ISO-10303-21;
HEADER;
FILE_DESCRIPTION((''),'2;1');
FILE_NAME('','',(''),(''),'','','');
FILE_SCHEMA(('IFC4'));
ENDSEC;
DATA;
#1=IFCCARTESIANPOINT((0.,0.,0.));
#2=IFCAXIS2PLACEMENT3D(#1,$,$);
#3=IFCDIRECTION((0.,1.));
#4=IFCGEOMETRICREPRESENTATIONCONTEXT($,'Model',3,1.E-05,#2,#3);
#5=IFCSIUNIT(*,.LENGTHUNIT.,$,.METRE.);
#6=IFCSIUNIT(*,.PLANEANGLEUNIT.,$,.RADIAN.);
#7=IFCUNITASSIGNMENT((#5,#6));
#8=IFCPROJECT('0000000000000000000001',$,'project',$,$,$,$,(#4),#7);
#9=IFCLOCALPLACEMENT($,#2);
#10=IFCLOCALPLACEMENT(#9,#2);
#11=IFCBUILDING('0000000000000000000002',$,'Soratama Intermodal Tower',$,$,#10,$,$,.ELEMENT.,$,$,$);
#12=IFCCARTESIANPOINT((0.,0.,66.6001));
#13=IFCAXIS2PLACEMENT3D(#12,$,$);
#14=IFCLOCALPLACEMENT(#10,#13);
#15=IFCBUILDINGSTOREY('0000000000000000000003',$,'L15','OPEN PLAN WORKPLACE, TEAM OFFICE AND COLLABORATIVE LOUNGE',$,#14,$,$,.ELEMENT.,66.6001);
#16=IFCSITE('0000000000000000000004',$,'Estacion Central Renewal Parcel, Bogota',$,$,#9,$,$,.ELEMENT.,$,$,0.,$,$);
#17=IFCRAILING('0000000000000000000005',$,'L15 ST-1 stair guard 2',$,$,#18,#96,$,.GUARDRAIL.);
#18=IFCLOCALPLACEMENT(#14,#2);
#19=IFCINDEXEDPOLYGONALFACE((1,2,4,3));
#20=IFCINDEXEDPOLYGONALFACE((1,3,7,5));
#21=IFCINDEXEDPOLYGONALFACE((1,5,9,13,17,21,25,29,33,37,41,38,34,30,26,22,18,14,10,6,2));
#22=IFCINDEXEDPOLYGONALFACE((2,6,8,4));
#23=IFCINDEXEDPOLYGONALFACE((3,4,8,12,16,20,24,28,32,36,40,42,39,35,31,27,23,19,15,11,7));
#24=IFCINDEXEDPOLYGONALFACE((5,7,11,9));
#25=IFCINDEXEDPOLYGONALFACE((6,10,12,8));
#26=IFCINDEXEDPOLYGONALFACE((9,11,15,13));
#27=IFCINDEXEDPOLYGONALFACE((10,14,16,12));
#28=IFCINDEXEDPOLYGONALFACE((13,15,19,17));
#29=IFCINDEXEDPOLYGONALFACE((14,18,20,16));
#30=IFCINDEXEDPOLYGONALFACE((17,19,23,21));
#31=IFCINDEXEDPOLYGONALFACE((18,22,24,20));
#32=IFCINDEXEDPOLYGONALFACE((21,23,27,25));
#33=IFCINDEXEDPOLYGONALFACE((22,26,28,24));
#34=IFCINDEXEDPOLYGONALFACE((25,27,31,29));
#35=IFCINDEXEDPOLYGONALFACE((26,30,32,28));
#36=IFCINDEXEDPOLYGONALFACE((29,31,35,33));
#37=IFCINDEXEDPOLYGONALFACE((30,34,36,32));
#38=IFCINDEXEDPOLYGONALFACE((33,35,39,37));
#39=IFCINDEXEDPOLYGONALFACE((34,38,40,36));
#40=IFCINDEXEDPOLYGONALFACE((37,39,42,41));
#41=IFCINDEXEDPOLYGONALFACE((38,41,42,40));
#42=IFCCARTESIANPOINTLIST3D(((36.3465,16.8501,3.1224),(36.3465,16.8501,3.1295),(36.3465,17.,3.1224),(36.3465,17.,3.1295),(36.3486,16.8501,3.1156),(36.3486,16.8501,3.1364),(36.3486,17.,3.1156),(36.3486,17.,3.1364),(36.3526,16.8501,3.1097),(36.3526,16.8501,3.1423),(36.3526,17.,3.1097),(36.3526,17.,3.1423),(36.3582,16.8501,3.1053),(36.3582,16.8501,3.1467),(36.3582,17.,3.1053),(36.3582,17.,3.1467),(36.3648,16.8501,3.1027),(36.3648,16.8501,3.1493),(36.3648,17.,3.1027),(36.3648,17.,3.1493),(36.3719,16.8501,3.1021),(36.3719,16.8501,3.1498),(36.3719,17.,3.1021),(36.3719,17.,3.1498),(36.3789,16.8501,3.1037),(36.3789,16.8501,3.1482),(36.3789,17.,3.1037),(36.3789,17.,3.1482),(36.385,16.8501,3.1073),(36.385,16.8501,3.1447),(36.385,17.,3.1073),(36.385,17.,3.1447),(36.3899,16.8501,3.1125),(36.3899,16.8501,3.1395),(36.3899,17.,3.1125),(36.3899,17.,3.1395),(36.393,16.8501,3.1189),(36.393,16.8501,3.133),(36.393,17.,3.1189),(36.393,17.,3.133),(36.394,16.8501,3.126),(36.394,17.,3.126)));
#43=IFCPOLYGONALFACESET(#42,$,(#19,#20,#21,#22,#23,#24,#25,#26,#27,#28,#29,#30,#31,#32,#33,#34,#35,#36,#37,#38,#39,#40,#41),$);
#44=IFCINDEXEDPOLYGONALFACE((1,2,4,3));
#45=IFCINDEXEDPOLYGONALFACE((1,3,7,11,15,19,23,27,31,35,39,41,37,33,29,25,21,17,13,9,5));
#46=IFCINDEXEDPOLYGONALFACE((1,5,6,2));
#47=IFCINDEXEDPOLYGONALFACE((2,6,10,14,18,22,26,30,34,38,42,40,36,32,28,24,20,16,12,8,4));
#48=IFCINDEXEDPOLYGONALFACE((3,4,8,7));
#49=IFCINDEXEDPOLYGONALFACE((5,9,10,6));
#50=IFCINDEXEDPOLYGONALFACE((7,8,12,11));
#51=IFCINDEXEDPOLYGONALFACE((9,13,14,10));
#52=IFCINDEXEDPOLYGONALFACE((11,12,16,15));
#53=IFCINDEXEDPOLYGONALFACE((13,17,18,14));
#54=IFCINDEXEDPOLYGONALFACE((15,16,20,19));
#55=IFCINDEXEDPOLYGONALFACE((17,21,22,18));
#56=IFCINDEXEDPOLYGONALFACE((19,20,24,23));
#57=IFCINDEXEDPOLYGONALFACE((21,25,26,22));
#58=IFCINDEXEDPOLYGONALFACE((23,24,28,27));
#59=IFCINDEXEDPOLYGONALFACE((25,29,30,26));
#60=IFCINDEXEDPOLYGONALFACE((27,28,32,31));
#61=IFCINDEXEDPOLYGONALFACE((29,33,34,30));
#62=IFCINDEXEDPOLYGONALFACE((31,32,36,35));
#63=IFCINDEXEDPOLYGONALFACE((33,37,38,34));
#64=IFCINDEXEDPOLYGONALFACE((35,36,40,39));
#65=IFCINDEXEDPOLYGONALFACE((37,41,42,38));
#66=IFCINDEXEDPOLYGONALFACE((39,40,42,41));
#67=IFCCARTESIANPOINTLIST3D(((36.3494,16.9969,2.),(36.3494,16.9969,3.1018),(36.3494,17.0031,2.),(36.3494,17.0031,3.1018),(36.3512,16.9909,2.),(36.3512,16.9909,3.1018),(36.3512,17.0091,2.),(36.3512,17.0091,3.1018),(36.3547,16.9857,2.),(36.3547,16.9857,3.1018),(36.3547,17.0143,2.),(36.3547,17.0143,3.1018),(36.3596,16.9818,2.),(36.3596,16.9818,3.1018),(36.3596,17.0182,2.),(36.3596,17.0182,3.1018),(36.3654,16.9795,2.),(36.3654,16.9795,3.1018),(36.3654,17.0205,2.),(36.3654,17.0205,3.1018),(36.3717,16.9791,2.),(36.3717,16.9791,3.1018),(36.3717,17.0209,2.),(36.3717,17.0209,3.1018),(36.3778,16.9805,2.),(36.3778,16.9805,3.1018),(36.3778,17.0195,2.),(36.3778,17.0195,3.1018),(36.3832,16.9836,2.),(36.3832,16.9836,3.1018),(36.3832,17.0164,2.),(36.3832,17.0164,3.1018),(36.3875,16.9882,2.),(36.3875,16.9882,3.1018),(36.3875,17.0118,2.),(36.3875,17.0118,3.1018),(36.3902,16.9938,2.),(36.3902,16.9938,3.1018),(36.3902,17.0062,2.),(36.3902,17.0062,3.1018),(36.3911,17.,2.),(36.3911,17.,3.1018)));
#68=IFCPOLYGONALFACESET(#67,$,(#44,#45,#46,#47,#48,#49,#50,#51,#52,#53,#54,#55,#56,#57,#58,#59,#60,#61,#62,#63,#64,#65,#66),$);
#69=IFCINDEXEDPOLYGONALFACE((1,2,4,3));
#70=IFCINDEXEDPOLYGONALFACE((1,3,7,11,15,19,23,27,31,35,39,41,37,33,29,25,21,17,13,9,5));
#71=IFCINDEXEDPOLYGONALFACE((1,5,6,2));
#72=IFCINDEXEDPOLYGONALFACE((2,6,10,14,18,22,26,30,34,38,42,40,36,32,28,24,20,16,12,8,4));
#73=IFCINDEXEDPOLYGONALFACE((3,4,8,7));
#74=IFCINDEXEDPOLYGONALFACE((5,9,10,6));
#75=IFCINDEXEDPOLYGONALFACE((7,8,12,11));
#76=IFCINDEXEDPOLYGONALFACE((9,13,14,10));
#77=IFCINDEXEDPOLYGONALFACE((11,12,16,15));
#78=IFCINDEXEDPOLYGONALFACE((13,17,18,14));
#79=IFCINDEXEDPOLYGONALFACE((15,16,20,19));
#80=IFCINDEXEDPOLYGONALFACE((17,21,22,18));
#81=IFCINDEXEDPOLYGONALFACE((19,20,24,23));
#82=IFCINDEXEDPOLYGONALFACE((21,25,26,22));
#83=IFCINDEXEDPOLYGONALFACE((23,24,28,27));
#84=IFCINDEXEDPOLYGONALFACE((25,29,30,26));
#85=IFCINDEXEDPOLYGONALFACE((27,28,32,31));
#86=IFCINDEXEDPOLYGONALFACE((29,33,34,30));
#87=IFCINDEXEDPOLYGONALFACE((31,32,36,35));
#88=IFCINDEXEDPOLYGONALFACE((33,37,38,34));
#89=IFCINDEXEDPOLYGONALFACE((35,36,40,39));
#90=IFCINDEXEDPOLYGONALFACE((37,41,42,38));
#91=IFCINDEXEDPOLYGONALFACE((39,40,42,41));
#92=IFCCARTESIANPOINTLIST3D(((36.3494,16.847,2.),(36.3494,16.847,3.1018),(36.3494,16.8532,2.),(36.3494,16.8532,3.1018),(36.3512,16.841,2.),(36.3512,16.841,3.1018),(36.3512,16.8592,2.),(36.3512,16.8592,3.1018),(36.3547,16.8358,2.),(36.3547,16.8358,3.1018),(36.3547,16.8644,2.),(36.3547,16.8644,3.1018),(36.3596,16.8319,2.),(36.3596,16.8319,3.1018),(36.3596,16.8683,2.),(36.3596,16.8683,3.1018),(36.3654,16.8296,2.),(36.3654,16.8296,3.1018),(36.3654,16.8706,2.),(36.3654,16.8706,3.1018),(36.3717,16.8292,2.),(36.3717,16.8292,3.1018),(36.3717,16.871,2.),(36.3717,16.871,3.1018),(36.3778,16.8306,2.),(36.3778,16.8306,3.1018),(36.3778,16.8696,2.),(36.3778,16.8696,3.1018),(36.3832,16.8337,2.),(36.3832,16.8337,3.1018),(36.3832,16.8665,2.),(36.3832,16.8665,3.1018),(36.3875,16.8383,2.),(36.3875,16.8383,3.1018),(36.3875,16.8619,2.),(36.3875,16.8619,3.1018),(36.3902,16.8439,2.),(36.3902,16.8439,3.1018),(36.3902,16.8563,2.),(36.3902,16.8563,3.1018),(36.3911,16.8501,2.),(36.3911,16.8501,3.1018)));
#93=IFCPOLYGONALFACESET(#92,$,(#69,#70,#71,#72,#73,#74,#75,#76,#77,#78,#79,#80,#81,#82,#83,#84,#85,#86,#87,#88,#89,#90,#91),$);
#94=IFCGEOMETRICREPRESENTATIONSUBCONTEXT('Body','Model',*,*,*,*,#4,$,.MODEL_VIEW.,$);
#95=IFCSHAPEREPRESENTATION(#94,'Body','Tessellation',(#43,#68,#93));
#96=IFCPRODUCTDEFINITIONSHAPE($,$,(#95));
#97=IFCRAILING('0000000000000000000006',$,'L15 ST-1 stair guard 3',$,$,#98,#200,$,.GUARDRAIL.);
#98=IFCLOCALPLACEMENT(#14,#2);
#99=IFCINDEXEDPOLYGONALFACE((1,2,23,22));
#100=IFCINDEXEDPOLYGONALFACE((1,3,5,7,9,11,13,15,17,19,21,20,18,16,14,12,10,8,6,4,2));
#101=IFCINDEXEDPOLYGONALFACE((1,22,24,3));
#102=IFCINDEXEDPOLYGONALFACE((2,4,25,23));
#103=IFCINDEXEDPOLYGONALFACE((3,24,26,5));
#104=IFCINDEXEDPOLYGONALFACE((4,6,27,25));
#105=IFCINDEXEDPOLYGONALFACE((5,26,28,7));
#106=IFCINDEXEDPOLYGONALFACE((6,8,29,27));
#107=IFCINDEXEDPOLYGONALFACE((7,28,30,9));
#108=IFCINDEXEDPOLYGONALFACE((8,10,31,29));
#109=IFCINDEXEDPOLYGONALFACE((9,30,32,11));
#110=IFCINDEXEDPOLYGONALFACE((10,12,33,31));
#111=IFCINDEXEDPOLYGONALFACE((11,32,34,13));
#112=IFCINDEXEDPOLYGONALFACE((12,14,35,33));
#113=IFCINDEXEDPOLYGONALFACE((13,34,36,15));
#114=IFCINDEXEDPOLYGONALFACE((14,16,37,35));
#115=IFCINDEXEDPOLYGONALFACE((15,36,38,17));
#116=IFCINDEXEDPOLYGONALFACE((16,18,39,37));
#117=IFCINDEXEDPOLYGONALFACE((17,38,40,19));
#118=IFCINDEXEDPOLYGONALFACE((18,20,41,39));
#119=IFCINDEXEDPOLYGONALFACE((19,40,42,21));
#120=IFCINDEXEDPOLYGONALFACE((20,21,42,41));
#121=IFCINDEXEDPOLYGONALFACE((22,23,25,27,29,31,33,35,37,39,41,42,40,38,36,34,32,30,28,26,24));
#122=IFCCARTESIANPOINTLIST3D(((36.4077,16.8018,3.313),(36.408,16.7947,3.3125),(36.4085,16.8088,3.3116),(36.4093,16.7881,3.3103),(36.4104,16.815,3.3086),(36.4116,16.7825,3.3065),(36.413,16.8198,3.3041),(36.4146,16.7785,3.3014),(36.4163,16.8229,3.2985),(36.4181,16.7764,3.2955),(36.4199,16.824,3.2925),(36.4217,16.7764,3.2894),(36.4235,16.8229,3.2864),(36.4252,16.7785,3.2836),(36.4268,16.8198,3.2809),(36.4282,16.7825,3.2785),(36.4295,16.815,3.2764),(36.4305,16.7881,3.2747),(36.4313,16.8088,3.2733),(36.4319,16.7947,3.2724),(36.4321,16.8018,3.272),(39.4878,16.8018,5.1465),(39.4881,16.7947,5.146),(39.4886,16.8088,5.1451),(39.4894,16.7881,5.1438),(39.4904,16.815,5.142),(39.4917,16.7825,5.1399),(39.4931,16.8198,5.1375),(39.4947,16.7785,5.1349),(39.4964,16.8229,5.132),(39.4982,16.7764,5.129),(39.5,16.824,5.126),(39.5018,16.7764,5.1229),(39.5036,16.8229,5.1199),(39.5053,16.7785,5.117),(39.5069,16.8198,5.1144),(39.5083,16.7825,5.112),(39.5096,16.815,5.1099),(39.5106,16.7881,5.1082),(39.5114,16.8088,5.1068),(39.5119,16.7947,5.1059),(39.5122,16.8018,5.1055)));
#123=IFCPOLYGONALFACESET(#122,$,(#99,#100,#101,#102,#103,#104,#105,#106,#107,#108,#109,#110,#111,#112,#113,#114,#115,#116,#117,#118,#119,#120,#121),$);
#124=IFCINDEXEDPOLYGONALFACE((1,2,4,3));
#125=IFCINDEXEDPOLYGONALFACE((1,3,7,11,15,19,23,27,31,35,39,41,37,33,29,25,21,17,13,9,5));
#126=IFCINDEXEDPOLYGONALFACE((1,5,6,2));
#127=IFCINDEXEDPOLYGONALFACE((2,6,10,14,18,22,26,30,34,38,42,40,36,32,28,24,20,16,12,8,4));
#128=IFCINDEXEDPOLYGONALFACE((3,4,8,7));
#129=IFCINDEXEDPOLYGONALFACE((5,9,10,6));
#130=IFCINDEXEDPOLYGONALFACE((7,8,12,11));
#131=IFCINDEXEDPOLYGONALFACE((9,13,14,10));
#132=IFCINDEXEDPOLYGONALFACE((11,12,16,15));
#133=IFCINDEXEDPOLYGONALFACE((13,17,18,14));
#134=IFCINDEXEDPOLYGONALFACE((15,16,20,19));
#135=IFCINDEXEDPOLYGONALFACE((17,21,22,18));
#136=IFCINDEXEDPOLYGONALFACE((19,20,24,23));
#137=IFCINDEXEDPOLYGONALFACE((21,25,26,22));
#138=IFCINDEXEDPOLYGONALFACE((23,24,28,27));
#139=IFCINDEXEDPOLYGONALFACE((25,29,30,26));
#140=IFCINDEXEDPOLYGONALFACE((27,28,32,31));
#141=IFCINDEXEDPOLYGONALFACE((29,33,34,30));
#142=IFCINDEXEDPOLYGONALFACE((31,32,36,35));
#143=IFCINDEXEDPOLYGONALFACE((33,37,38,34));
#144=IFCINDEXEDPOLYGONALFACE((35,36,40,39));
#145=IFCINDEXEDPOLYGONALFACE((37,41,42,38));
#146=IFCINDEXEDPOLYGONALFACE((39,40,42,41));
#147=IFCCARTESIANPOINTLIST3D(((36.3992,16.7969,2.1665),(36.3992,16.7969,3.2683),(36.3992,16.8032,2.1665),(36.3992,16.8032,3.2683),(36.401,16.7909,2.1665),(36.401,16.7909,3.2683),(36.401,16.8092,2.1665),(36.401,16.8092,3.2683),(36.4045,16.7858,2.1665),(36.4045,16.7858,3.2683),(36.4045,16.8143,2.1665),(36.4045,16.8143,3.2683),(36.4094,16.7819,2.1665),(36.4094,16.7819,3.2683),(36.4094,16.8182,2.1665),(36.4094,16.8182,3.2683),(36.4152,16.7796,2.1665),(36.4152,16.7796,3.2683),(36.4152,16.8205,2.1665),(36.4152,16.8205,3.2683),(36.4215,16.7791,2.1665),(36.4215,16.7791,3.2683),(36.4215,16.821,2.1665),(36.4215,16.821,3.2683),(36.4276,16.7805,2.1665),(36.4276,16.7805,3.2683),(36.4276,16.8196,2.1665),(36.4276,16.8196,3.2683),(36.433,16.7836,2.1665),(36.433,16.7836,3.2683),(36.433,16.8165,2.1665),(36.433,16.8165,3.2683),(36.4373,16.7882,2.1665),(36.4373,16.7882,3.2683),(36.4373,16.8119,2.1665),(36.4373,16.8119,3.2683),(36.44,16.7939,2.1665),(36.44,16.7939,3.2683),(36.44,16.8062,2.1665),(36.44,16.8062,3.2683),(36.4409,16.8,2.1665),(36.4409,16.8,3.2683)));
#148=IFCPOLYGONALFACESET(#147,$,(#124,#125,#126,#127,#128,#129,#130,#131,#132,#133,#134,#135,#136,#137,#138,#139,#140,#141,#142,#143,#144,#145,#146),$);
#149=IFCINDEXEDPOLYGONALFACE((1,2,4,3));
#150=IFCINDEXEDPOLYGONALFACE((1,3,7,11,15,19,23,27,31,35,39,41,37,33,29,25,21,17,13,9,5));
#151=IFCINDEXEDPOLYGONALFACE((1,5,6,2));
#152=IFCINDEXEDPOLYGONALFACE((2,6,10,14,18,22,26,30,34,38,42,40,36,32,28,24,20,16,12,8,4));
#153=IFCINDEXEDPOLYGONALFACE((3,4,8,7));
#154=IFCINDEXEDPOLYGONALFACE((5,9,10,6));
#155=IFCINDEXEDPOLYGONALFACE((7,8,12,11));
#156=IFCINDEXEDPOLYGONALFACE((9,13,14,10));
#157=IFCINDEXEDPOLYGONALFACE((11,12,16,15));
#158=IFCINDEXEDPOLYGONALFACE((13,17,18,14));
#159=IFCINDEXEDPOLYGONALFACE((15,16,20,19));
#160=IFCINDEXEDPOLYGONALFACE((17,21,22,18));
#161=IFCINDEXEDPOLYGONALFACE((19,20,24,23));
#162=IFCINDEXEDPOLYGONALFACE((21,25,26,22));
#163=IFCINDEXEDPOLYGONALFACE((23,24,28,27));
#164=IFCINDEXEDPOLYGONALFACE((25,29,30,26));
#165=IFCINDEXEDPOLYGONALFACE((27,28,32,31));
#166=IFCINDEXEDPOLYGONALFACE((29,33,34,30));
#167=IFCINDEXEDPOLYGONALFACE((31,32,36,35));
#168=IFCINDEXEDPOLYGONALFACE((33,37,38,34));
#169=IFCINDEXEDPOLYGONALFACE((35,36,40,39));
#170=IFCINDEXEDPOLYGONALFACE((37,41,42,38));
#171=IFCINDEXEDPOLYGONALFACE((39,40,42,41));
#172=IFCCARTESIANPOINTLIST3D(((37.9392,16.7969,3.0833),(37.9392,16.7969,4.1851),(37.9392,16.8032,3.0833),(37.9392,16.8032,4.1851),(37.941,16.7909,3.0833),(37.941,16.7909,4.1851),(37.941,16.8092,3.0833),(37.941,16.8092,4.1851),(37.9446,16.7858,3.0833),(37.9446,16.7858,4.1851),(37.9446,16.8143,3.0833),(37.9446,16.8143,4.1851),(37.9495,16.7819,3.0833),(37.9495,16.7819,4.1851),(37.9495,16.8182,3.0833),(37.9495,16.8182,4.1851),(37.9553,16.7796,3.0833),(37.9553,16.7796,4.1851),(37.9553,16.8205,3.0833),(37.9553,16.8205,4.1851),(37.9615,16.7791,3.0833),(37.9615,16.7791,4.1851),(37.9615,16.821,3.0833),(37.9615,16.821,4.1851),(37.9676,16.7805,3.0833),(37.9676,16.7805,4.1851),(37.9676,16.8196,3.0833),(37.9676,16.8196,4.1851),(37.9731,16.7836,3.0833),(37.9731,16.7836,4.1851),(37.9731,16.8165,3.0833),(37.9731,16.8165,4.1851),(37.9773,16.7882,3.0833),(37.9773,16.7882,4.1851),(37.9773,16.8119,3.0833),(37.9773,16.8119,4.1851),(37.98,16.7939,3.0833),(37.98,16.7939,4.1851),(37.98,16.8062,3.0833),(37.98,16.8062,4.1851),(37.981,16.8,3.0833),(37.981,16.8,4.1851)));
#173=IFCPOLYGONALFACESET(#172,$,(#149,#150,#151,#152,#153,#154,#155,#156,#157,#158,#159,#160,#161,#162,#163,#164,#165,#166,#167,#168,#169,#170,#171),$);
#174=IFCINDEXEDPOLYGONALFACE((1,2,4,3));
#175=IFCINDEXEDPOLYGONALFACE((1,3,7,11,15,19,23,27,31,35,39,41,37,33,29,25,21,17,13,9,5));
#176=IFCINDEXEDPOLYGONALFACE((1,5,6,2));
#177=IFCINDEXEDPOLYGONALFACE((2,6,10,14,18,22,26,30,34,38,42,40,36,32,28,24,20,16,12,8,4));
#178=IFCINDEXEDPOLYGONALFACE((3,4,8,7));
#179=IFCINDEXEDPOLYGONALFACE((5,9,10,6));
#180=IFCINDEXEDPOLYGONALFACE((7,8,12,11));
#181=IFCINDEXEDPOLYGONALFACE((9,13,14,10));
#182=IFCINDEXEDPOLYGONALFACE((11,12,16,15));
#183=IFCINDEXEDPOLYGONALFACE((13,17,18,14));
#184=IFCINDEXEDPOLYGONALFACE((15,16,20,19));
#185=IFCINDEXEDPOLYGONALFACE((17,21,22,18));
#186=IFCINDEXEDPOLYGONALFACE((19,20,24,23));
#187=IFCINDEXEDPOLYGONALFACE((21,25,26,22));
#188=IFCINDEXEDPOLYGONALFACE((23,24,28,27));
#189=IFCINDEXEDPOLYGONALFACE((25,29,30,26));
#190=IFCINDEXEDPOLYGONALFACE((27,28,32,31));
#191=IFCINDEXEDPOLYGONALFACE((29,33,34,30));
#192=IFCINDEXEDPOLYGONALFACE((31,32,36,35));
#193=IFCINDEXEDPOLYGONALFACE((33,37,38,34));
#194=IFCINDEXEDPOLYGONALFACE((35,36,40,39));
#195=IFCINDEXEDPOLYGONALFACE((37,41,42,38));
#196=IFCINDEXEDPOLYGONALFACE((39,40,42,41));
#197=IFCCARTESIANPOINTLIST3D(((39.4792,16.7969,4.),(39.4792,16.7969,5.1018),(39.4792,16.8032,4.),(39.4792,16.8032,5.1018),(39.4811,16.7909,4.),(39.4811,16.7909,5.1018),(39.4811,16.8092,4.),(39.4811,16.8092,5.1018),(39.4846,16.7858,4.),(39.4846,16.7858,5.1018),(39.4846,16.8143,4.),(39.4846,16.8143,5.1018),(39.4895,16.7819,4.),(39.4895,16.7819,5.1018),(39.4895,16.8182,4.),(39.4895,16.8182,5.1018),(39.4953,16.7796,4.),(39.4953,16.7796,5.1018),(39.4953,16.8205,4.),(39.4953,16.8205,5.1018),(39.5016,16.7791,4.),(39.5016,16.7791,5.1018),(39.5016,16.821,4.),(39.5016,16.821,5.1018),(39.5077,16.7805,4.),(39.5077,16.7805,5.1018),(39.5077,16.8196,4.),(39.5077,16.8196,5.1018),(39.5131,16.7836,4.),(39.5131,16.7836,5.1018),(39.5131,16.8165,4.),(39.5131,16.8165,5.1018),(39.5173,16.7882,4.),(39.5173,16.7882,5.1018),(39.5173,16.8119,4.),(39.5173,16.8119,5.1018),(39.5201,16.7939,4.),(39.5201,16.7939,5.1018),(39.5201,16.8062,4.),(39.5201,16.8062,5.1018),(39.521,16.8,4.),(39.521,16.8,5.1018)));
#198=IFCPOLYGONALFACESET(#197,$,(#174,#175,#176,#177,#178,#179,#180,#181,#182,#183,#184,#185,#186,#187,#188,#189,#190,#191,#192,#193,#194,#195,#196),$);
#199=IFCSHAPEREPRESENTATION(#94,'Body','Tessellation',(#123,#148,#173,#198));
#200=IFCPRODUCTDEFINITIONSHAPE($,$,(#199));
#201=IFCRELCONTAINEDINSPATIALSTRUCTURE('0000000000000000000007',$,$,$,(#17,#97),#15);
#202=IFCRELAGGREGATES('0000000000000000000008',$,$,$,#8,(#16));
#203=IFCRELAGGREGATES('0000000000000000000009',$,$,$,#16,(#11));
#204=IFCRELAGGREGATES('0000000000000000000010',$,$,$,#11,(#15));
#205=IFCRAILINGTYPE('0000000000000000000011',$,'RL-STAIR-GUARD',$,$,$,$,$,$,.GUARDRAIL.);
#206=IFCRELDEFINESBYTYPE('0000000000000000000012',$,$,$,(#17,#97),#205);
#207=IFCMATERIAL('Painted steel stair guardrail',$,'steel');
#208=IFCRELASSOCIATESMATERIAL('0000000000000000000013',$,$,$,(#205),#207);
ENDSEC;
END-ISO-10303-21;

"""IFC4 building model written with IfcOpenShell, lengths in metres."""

from ifc_helpers import new_model, si_unit, direction, frame, origin, origin_2d, place, context, subcontext, project, spatial, circle, extrude, material, type_object, element, save


model = new_model("IFC4")

# Units and contexts
model_context = context("Model", 3, precision=1e-05, world=origin(), true_north=direction((0.0, 1.0)))
body_context = subcontext(model_context, "Body", "Model", "MODEL_VIEW")
ifc_project = project(units=[si_unit("LENGTHUNIT", "METRE"), si_unit("PLANEANGLEUNIT", "RADIAN")], contexts=[model_context])

# Site, building, storey
site_placement = place(None, origin())
site = spatial("IfcSite", under=ifc_project, at=site_placement, Name="Estacion Central Renewal Parcel, Bogota", CompositionType="ELEMENT", RefElevation=0.0)
building_placement = place(site_placement, origin())
building = spatial("IfcBuilding", under=site, at=building_placement, Name="Soratama Intermodal Tower", CompositionType="ELEMENT")
storey_placement = place(building_placement, frame((0.0, 0.0, 66.6001)))
storey = spatial("IfcBuildingStorey", under=building, at=storey_placement, Name="L15", Description="OPEN PLAN WORKPLACE, TEAM OFFICE AND COLLABORATIVE LOUNGE", CompositionType="ELEMENT", Elevation=66.6001)

# Railings
ifc_material_1 = material(Name="Painted steel stair guardrail", Category="steel")
railing_type_1 = type_object("IfcRailingType", Name="RL-STAIR-GUARD", PredefinedType="GUARDRAIL", material=ifc_material_1)
railing_1_placement = place(storey_placement, frame((36.3701, 17.0, 2.0)))
element("IfcRailing", 1, at=railing_1_placement, inside=storey, type_object=railing_type_1, Name="L15 ST-1 stair guard 2", PredefinedType="GUARDRAIL", context=body_context, shape_type="SweptSolid", body=[
    extrude(circle(Radius=0.0239, at=origin_2d()), frame((0.0, 0.0, 1.126), z_axis=(0.0, -1.0, 0.0), x_axis=(1.0, 0.0, 0.0)), (0.0, 0.0, 1.0), 0.1499),
    extrude(circle(Radius=0.021, at=origin_2d()), origin(), (0.0, 0.0, 1.0), 1.1018),
    extrude(circle(Radius=0.021, at=origin_2d()), frame((0.0, -0.1499, 0.0)), (0.0, 0.0, 1.0), 1.1018),
])
railing_2_placement = place(storey_placement, frame((36.4199, 16.8, 2.1665)))
element("IfcRailing", 2, at=railing_2_placement, inside=storey, type_object=railing_type_1, Name="L15 ST-1 stair guard 3", PredefinedType="GUARDRAIL", context=body_context, shape_type="SweptSolid", body=[
    extrude(circle(Radius=0.0239, at=origin_2d()), frame((0.0, 0.0, 1.126), z_axis=(0.859279, 0.0, 0.511508), x_axis=(0.0, 1.0, 0.0)), (0.0, 0.0, 1.0), 3.5845),
    extrude(circle(Radius=0.021, at=origin_2d()), origin(), (0.0, 0.0, 1.0), 1.1018),
    extrude(circle(Radius=0.021, at=origin_2d()), frame((1.54, 0.0, 0.9167)), (0.0, 0.0, 1.0), 1.1018),
    extrude(circle(Radius=0.021, at=origin_2d()), frame((3.0801, 0.0, 1.8335)), (0.0, 0.0, 1.0), 1.1018),
])

save(model, "model.ifc")
